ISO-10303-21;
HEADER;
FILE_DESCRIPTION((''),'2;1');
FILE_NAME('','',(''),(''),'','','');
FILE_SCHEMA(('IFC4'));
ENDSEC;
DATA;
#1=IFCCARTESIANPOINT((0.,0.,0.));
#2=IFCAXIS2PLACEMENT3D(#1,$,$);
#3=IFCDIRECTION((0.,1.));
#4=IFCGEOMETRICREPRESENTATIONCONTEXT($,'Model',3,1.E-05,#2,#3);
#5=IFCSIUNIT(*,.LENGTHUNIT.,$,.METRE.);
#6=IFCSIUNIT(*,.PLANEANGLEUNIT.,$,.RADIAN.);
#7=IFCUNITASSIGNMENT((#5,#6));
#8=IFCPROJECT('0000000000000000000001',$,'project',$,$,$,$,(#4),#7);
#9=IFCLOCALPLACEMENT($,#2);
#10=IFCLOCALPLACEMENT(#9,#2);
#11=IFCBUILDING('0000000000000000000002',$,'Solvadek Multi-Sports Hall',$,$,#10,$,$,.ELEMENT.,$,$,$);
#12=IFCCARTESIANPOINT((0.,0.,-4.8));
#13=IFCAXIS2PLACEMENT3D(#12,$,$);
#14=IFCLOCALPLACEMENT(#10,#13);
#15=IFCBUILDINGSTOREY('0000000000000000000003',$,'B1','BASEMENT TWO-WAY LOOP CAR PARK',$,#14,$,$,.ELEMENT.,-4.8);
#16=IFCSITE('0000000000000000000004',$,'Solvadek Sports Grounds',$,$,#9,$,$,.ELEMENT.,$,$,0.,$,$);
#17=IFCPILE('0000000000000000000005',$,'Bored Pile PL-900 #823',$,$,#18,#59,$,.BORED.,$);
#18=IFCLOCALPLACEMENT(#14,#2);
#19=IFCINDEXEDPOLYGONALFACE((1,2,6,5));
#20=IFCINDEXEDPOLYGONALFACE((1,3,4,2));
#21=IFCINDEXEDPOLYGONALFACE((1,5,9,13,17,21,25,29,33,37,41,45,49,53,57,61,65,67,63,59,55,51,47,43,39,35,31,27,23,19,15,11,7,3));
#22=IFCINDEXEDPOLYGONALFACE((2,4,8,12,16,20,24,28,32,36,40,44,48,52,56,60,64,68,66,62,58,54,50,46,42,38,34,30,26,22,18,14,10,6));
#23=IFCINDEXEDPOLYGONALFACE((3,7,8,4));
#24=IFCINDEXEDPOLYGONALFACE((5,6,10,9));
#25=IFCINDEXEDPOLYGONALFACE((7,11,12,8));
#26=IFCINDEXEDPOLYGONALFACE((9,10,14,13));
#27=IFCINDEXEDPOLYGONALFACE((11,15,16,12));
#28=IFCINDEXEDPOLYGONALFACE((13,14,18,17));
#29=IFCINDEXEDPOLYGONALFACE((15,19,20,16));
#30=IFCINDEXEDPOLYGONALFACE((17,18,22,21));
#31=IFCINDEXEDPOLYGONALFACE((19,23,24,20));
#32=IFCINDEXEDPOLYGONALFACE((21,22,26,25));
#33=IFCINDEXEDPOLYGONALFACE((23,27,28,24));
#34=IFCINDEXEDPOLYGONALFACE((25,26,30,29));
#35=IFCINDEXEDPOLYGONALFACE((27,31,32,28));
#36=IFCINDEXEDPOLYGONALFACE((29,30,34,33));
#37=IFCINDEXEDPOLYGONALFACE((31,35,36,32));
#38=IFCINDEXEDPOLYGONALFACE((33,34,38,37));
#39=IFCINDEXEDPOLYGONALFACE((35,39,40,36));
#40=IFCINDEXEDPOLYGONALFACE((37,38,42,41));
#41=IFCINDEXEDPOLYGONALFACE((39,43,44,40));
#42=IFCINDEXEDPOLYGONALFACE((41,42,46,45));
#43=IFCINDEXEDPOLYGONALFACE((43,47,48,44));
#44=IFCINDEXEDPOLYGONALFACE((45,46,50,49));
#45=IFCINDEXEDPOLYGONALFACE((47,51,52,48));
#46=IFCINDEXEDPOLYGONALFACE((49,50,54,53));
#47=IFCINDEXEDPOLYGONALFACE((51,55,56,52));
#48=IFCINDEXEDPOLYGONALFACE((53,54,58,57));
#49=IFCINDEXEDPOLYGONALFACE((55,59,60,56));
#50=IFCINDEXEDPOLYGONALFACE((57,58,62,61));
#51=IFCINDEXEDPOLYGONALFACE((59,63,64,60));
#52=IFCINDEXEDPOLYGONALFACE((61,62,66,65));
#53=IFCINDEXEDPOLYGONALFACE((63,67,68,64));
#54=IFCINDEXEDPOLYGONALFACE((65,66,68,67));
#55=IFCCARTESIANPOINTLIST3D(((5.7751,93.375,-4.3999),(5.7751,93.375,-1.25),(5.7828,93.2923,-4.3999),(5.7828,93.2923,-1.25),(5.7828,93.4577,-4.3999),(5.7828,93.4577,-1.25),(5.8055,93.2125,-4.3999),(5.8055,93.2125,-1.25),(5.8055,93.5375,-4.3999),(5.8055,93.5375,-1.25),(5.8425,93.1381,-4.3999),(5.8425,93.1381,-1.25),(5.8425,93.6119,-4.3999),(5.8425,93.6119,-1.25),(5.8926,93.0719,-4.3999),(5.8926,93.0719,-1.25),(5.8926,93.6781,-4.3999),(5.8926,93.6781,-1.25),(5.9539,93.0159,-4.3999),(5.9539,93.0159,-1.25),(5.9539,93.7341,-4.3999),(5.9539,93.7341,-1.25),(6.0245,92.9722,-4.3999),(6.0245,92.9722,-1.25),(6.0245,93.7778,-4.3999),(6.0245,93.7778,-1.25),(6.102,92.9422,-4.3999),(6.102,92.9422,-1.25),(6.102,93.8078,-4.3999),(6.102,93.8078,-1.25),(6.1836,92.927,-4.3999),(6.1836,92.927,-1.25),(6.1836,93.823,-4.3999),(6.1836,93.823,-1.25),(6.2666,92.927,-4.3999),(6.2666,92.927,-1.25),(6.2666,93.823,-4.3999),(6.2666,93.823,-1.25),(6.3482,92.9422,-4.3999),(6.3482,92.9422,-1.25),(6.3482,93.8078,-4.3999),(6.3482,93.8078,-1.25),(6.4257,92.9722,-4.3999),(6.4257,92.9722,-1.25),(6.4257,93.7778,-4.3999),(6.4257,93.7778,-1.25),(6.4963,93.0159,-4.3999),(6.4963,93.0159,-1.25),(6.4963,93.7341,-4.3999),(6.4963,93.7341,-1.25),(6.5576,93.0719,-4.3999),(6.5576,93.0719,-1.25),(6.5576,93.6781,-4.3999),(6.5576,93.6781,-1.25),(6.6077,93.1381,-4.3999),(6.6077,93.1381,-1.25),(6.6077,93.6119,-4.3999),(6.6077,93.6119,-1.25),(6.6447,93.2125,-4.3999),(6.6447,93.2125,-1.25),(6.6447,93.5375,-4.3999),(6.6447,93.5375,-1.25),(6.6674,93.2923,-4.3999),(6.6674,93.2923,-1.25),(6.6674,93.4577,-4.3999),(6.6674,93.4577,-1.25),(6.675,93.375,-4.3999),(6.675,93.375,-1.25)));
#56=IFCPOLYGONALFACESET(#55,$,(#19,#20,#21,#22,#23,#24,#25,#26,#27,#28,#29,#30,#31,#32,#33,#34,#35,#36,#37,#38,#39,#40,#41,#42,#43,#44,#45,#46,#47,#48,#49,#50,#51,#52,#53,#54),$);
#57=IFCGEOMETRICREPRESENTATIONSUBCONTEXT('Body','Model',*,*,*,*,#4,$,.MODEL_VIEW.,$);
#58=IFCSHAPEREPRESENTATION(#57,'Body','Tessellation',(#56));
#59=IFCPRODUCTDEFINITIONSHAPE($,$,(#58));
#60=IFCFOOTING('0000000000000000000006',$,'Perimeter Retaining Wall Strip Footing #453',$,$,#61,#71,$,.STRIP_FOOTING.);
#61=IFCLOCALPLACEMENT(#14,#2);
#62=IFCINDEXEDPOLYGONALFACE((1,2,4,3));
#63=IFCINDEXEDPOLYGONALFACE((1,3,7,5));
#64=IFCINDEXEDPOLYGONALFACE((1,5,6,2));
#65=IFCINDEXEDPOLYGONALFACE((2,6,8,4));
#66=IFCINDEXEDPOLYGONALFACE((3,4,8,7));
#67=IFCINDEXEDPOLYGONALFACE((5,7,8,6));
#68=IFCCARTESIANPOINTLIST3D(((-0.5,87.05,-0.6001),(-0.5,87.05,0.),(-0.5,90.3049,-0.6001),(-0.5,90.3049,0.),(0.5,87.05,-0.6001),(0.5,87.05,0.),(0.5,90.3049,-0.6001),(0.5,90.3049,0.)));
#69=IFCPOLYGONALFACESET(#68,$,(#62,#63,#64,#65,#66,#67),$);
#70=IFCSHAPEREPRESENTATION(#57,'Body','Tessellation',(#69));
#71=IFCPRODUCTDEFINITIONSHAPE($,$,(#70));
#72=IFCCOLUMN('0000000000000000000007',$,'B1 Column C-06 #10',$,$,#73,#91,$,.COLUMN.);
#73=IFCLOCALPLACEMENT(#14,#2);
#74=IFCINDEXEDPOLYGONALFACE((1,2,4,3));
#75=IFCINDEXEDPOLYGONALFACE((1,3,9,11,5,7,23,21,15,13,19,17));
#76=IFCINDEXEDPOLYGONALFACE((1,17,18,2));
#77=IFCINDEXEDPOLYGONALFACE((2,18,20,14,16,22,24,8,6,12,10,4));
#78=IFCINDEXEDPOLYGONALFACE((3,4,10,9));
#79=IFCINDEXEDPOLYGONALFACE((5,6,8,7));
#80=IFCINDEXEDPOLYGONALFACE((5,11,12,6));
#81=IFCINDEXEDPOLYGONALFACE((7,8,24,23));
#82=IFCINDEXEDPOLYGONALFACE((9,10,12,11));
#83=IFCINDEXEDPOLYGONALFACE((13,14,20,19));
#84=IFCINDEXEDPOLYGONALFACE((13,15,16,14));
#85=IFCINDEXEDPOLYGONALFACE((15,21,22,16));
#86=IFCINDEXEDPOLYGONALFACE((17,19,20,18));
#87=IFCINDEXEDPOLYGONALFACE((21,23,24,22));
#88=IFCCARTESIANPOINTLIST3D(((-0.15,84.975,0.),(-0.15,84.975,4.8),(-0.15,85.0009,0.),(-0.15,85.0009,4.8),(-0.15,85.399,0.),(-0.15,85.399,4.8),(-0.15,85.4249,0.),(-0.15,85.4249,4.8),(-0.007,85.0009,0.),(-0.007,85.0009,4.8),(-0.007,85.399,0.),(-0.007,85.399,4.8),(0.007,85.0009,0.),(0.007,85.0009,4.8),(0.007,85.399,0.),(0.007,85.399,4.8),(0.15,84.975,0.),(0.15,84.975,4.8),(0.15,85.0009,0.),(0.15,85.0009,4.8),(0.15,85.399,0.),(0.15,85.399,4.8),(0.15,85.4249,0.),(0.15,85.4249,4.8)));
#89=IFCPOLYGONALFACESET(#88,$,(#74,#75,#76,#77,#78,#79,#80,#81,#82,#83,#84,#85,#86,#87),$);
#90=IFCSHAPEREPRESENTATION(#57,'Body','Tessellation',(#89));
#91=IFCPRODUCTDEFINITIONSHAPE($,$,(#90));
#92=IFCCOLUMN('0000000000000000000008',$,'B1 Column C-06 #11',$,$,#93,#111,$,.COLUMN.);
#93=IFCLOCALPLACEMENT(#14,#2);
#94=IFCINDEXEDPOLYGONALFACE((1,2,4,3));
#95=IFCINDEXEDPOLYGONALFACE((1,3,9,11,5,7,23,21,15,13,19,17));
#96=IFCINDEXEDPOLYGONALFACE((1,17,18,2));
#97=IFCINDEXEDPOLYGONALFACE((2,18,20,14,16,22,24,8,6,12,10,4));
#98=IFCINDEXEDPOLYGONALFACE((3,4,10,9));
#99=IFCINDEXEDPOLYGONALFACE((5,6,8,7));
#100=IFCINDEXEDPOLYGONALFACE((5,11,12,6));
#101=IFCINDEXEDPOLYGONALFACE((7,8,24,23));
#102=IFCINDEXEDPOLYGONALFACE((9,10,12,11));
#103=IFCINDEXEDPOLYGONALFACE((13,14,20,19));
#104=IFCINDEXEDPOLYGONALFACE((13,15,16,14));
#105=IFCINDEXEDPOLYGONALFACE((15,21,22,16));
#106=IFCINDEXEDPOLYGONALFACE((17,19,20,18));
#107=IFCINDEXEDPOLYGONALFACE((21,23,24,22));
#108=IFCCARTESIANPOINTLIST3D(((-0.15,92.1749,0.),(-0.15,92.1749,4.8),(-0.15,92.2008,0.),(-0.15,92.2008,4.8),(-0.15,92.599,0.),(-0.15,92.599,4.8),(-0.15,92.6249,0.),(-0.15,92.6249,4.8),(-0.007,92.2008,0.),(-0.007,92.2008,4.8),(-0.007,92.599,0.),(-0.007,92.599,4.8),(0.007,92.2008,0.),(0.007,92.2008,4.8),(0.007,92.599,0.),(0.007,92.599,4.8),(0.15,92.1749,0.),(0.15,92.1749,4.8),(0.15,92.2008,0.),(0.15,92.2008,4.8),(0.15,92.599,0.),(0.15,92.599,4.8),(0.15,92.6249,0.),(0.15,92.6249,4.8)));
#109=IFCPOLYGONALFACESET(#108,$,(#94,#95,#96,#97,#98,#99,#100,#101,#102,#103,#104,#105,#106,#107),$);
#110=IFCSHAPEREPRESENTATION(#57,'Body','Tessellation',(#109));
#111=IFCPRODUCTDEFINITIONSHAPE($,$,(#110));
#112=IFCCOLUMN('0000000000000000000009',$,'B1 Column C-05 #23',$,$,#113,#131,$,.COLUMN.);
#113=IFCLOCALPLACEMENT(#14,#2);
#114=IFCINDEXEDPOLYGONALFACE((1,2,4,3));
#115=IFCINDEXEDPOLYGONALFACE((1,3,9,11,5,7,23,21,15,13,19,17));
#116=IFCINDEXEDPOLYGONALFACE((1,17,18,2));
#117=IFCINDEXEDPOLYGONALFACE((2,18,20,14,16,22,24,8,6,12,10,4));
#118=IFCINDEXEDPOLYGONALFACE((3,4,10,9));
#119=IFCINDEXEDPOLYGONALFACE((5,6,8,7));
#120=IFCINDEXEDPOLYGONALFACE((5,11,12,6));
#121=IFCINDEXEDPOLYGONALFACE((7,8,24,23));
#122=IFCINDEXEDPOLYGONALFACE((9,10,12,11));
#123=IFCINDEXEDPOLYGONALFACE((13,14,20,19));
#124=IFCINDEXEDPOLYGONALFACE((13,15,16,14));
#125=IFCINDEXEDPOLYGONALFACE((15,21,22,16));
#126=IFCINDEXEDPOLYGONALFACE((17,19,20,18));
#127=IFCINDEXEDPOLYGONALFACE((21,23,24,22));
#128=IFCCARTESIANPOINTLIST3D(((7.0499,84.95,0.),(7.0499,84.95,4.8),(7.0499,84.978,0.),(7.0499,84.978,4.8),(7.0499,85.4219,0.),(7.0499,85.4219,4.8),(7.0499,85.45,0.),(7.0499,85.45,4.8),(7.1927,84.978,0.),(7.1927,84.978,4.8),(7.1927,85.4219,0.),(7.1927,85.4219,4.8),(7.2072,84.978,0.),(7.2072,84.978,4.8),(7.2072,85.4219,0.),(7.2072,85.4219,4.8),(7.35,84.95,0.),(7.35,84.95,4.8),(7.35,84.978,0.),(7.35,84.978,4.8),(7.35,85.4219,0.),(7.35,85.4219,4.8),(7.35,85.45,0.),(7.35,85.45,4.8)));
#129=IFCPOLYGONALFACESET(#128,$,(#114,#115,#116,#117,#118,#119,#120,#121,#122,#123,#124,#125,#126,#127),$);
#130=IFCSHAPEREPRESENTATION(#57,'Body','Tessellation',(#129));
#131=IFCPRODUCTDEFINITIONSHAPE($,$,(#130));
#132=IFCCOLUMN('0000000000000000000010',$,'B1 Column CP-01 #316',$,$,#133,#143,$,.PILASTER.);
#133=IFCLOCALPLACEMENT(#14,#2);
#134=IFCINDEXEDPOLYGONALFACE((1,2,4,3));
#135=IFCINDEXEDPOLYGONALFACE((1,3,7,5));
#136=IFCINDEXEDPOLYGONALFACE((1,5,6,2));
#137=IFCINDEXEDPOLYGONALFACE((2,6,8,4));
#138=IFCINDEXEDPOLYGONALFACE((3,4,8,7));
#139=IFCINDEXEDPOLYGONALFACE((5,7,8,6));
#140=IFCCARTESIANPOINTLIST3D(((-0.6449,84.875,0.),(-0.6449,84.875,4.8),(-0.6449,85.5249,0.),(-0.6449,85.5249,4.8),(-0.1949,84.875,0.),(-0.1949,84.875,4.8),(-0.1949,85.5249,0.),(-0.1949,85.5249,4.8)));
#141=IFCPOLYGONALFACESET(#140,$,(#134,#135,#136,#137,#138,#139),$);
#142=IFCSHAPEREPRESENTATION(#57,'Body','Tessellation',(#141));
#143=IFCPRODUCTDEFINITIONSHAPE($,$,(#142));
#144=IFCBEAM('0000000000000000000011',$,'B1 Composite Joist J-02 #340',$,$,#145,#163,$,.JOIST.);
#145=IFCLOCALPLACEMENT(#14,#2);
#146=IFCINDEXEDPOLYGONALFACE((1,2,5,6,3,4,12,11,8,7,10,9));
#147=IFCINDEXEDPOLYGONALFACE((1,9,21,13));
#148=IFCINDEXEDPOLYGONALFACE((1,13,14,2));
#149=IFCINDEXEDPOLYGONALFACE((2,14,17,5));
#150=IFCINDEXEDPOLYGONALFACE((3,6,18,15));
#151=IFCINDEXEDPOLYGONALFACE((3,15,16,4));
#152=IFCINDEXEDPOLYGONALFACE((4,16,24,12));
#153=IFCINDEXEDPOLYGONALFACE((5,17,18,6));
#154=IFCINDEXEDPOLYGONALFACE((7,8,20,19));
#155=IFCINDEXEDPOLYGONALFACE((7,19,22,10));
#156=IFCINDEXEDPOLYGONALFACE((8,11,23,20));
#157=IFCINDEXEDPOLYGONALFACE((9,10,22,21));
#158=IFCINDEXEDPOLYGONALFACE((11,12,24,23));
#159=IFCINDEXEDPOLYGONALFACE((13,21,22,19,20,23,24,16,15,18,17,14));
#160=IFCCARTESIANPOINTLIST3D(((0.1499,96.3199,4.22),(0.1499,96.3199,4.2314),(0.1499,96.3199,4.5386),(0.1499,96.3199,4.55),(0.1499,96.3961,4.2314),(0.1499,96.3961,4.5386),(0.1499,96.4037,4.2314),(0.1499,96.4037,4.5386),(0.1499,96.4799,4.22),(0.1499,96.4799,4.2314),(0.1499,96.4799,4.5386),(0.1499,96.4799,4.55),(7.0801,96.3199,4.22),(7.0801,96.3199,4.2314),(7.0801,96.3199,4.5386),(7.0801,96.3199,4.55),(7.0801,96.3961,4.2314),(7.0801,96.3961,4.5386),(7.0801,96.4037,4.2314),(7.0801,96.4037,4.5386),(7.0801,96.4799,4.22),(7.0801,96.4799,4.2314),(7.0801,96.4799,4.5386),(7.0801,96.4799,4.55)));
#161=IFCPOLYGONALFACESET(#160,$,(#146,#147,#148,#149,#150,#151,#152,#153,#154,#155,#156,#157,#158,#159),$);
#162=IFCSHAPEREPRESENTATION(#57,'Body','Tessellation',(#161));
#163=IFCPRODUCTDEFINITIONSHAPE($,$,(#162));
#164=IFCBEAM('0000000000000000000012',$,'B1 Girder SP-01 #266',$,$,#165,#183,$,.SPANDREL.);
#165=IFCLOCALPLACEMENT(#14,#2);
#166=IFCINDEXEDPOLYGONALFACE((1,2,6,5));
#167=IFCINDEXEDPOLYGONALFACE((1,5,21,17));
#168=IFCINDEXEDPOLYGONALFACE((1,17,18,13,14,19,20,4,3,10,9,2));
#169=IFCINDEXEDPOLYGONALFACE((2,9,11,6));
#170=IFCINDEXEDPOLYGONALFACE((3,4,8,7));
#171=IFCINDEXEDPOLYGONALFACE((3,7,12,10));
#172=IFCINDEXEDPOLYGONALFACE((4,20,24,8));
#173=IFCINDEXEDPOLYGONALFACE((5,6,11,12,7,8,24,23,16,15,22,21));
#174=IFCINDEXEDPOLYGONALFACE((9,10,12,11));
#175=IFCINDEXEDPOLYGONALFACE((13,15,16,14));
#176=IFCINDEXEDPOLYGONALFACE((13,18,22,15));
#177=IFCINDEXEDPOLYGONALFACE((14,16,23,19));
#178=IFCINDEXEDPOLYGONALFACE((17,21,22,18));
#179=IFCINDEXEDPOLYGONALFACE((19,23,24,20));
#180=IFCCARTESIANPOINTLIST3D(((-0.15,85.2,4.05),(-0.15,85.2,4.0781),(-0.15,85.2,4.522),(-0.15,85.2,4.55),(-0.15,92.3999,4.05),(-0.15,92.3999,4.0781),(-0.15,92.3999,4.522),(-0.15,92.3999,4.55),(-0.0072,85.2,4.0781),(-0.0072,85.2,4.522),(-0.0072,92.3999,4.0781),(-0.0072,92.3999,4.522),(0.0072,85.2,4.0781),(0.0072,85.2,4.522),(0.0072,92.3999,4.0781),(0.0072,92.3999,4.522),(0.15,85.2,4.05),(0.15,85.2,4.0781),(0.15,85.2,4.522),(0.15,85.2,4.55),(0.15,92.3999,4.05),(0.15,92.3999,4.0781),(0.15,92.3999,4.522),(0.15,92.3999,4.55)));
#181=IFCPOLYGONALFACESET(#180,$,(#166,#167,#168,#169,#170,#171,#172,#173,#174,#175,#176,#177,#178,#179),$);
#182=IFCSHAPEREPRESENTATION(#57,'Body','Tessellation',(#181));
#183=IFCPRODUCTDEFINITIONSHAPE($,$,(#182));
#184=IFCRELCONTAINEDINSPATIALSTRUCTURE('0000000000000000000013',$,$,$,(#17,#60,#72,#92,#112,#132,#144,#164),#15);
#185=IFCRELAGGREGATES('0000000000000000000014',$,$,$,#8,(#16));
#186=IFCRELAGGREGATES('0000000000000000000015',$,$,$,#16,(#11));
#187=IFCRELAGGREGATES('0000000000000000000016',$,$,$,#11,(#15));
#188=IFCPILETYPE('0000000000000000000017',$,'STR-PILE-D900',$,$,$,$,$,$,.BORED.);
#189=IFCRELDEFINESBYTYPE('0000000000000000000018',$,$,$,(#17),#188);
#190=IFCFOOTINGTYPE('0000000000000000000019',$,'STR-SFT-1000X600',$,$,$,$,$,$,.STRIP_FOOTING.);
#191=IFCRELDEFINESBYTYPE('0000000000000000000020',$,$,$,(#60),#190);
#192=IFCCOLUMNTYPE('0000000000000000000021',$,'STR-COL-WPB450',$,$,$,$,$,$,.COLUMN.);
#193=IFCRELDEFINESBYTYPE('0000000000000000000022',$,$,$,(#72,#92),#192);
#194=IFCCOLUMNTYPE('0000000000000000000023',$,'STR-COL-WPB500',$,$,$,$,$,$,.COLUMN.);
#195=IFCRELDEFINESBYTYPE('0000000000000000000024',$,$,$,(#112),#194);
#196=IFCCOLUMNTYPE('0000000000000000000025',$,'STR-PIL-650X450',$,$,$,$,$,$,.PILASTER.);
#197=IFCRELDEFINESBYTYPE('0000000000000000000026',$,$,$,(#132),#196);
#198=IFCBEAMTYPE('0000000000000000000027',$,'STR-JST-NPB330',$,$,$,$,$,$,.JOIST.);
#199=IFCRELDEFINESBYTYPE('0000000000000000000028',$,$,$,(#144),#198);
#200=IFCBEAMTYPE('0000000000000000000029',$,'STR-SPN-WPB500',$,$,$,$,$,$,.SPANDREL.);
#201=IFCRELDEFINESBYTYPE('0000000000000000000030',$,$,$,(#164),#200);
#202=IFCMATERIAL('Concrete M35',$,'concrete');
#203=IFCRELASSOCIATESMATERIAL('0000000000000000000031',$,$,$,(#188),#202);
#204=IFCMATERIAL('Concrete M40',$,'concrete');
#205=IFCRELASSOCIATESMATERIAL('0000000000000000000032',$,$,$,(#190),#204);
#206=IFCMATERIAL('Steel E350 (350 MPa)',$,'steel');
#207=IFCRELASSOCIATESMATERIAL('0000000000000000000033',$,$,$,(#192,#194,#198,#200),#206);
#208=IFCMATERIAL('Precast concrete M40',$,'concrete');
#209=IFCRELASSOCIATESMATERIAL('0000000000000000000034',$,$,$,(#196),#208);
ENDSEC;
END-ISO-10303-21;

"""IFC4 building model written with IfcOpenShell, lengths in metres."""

from ifc_helpers import new_model, si_unit, direction, frame, origin, origin_2d, place, context, subcontext, project, spatial, rectangle, circle, i_section, extrude, material, material_profile, profile_set, type_object, element, save


model = new_model("IFC4")

# Units and contexts
model_context = context("Model", 3, precision=1e-05, world=origin(), true_north=direction((0.0, 1.0)))
body_context = subcontext(model_context, "Body", "Model", "MODEL_VIEW")
ifc_project = project(units=[si_unit("LENGTHUNIT", "METRE"), si_unit("PLANEANGLEUNIT", "RADIAN")], contexts=[model_context])

# Site, building, storey
site_placement = place(None, origin())
site = spatial("IfcSite", under=ifc_project, at=site_placement, Name="Solvadek Sports Grounds", CompositionType="ELEMENT", RefElevation=0.0)
building_placement = place(site_placement, origin())
building = spatial("IfcBuilding", under=site, at=building_placement, Name="Solvadek Multi-Sports Hall", CompositionType="ELEMENT")
storey_placement = place(building_placement, frame((0.0, 0.0, -4.8)))
storey = spatial("IfcBuildingStorey", under=building, at=storey_placement, Name="B1", Description="BASEMENT TWO-WAY LOOP CAR PARK", CompositionType="ELEMENT", Elevation=-4.8)

# Shared definitions
ifc_material_1 = material(Name="Concrete M40", Category="concrete")

# Pile
ifc_material_2 = material(Name="Concrete M35", Category="concrete")
ifc_material_profile_1 = material_profile(ifc_material_2, circle(Radius=0.45, at=origin_2d()), Name="BORED PILE D900")
ifc_profile_set_1 = profile_set([ifc_material_profile_1], Name="Concrete M35")
pile_type_1 = type_object("IfcPileType", Name="STR-PILE-D900", PredefinedType="BORED", material=ifc_profile_set_1)
for number, where, z_axis, x_axis, name in (
    (1, (6.2251, 93.375, -1.25), (0.0, 0.0, -1.0), (1.0, 0.0, 0.0), "Bored Pile PL-900 #823"),
):
    element("IfcPile", number, at=place(storey_placement, frame(where, z_axis=z_axis, x_axis=x_axis)), inside=storey, type_object=pile_type_1, Name=name, PredefinedType="BORED", context=body_context, shape_type="SweptSolid", body=[
        extrude(circle(Radius=0.45, at=origin_2d()), origin(), (0.0, 0.0, 1.0), 3.1499),
    ])

# Footing
footing_type_1 = type_object("IfcFootingType", Name="STR-SFT-1000X600", PredefinedType="STRIP_FOOTING", material=ifc_material_1)
footing_1_placement = place(storey_placement, frame((0.0, 88.6775, -0.6001), z_axis=(0.0, 0.0, 1.0), x_axis=(0.0, -1.0, 0.0)))
element("IfcFooting", 2, at=footing_1_placement, inside=storey, type_object=footing_type_1, Name="Perimeter Retaining Wall Strip Footing #453", PredefinedType="STRIP_FOOTING", context=body_context, shape_type="SweptSolid", body=[
    extrude(rectangle(XDim=3.2549, YDim=1.0, at=origin_2d()), origin(), (0.0, 0.0, 1.0), 0.6001),
])

# Columns
ifc_material_3 = material(Name="Steel E350 (350 MPa)", Category="steel")
ifc_material_profile_2 = material_profile(ifc_material_3, i_section(OverallWidth=0.3, OverallDepth=0.45, WebThickness=0.0139, FlangeThickness=0.0259, at=origin_2d()), Name="WPB 450")
ifc_profile_set_2 = profile_set([ifc_material_profile_2], Name="Steel E350 (350 MPa)")
column_type_1 = type_object("IfcColumnType", Name="STR-COL-WPB450", PredefinedType="COLUMN", material=ifc_profile_set_2)
for number, where, z_axis, x_axis, name in (
    (3, (0.0, 85.2, 0.0), (0.0, 0.0, 1.0), (1.0, 0.0, 0.0), "B1 Column C-06 #10"),
    (4, (0.0, 92.3999, 0.0), (0.0, 0.0, 1.0), (1.0, 0.0, 0.0), "B1 Column C-06 #11"),
):
    element("IfcColumn", number, at=place(storey_placement, frame(where, z_axis=z_axis, x_axis=x_axis)), inside=storey, type_object=column_type_1, Name=name, PredefinedType="COLUMN", context=body_context, shape_type="SweptSolid", body=[
        extrude(i_section(OverallWidth=0.3, OverallDepth=0.45, WebThickness=0.0139, FlangeThickness=0.0259, at=origin_2d()), origin(), (0.0, 0.0, 1.0), 4.8),
    ])
ifc_material_profile_3 = material_profile(ifc_material_3, i_section(OverallWidth=0.3, OverallDepth=0.5, WebThickness=0.0144, FlangeThickness=0.0281, at=origin_2d()), Name="WPB 500")
ifc_profile_set_3 = profile_set([ifc_material_profile_3], Name="Steel E350 (350 MPa)")
column_type_2 = type_object("IfcColumnType", Name="STR-COL-WPB500", PredefinedType="COLUMN", material=ifc_profile_set_3)
column_1_placement = place(storey_placement, frame((7.2, 85.2, 0.0), z_axis=(0.0, 0.0, 1.0), x_axis=(1.0, 0.0, 0.0)))
element("IfcColumn", 5, at=column_1_placement, inside=storey, type_object=column_type_2, Name="B1 Column C-05 #23", PredefinedType="COLUMN", context=body_context, shape_type="SweptSolid", body=[
    extrude(i_section(OverallWidth=0.3, OverallDepth=0.5, WebThickness=0.0144, FlangeThickness=0.0281, at=origin_2d()), origin(), (0.0, 0.0, 1.0), 4.8),
])
ifc_material_4 = material(Name="Precast concrete M40", Category="concrete")
ifc_material_profile_4 = material_profile(ifc_material_4, rectangle(XDim=0.45, YDim=0.6499, at=origin_2d()), Name="RC PILASTER 650x450")
ifc_profile_set_4 = profile_set([ifc_material_profile_4], Name="Precast concrete M40")
column_type_3 = type_object("IfcColumnType", Name="STR-PIL-650X450", PredefinedType="PILASTER", material=ifc_profile_set_4)
column_2_placement = place(storey_placement, frame((-0.4199, 85.2, 0.0), z_axis=(0.0, 0.0, 1.0), x_axis=(1.0, 0.0, 0.0)))
element("IfcColumn", 6, at=column_2_placement, inside=storey, type_object=column_type_3, Name="B1 Column CP-01 #316", PredefinedType="PILASTER", context=body_context, shape_type="SweptSolid", body=[
    extrude(rectangle(XDim=0.45, YDim=0.6499, at=origin_2d()), origin(), (0.0, 0.0, 1.0), 4.8),
])

# Beams
ifc_material_profile_5 = material_profile(ifc_material_3, i_section(OverallWidth=0.1599, OverallDepth=0.3301, WebThickness=0.0076, FlangeThickness=0.0115, at=origin_2d()), Name="NPB 330")
ifc_profile_set_5 = profile_set([ifc_material_profile_5], Name="Steel E350 (350 MPa)")
beam_type_1 = type_object("IfcBeamType", Name="STR-JST-NPB330", PredefinedType="JOIST", material=ifc_profile_set_5)
beam_1_placement = place(storey_placement, frame((0.1499, 96.3999, 4.385), z_axis=(1.0, 0.0, 0.0), x_axis=(0.0, 1.0, 0.0)))
element("IfcBeam", 7, at=beam_1_placement, inside=storey, type_object=beam_type_1, Name="B1 Composite Joist J-02 #340", PredefinedType="JOIST", context=body_context, shape_type="SweptSolid", body=[
    extrude(i_section(OverallWidth=0.1599, OverallDepth=0.3301, WebThickness=0.0076, FlangeThickness=0.0115, at=origin_2d()), origin(), (0.0, 0.0, 1.0), 6.9302),
])
ifc_material_profile_6 = material_profile(ifc_material_3, i_section(OverallWidth=0.3, OverallDepth=0.5, WebThickness=0.0144, FlangeThickness=0.0281, at=origin_2d()), Name="WPB 500")
ifc_profile_set_6 = profile_set([ifc_material_profile_6], Name="Steel E350 (350 MPa)")
beam_type_2 = type_object("IfcBeamType", Name="STR-SPN-WPB500", PredefinedType="SPANDREL", material=ifc_profile_set_6)
beam_2_placement = place(storey_placement, frame((0.0, 85.2, 4.3), z_axis=(0.0, 1.0, 0.0), x_axis=(-1.0, 0.0, 0.0)))
element("IfcBeam", 8, at=beam_2_placement, inside=storey, type_object=beam_type_2, Name="B1 Girder SP-01 #266", PredefinedType="SPANDREL", context=body_context, shape_type="SweptSolid", body=[
    extrude(i_section(OverallWidth=0.3, OverallDepth=0.5, WebThickness=0.0144, FlangeThickness=0.0281, at=origin_2d()), origin(), (0.0, 0.0, 1.0), 7.2),
])

save(model, "model.ifc")
